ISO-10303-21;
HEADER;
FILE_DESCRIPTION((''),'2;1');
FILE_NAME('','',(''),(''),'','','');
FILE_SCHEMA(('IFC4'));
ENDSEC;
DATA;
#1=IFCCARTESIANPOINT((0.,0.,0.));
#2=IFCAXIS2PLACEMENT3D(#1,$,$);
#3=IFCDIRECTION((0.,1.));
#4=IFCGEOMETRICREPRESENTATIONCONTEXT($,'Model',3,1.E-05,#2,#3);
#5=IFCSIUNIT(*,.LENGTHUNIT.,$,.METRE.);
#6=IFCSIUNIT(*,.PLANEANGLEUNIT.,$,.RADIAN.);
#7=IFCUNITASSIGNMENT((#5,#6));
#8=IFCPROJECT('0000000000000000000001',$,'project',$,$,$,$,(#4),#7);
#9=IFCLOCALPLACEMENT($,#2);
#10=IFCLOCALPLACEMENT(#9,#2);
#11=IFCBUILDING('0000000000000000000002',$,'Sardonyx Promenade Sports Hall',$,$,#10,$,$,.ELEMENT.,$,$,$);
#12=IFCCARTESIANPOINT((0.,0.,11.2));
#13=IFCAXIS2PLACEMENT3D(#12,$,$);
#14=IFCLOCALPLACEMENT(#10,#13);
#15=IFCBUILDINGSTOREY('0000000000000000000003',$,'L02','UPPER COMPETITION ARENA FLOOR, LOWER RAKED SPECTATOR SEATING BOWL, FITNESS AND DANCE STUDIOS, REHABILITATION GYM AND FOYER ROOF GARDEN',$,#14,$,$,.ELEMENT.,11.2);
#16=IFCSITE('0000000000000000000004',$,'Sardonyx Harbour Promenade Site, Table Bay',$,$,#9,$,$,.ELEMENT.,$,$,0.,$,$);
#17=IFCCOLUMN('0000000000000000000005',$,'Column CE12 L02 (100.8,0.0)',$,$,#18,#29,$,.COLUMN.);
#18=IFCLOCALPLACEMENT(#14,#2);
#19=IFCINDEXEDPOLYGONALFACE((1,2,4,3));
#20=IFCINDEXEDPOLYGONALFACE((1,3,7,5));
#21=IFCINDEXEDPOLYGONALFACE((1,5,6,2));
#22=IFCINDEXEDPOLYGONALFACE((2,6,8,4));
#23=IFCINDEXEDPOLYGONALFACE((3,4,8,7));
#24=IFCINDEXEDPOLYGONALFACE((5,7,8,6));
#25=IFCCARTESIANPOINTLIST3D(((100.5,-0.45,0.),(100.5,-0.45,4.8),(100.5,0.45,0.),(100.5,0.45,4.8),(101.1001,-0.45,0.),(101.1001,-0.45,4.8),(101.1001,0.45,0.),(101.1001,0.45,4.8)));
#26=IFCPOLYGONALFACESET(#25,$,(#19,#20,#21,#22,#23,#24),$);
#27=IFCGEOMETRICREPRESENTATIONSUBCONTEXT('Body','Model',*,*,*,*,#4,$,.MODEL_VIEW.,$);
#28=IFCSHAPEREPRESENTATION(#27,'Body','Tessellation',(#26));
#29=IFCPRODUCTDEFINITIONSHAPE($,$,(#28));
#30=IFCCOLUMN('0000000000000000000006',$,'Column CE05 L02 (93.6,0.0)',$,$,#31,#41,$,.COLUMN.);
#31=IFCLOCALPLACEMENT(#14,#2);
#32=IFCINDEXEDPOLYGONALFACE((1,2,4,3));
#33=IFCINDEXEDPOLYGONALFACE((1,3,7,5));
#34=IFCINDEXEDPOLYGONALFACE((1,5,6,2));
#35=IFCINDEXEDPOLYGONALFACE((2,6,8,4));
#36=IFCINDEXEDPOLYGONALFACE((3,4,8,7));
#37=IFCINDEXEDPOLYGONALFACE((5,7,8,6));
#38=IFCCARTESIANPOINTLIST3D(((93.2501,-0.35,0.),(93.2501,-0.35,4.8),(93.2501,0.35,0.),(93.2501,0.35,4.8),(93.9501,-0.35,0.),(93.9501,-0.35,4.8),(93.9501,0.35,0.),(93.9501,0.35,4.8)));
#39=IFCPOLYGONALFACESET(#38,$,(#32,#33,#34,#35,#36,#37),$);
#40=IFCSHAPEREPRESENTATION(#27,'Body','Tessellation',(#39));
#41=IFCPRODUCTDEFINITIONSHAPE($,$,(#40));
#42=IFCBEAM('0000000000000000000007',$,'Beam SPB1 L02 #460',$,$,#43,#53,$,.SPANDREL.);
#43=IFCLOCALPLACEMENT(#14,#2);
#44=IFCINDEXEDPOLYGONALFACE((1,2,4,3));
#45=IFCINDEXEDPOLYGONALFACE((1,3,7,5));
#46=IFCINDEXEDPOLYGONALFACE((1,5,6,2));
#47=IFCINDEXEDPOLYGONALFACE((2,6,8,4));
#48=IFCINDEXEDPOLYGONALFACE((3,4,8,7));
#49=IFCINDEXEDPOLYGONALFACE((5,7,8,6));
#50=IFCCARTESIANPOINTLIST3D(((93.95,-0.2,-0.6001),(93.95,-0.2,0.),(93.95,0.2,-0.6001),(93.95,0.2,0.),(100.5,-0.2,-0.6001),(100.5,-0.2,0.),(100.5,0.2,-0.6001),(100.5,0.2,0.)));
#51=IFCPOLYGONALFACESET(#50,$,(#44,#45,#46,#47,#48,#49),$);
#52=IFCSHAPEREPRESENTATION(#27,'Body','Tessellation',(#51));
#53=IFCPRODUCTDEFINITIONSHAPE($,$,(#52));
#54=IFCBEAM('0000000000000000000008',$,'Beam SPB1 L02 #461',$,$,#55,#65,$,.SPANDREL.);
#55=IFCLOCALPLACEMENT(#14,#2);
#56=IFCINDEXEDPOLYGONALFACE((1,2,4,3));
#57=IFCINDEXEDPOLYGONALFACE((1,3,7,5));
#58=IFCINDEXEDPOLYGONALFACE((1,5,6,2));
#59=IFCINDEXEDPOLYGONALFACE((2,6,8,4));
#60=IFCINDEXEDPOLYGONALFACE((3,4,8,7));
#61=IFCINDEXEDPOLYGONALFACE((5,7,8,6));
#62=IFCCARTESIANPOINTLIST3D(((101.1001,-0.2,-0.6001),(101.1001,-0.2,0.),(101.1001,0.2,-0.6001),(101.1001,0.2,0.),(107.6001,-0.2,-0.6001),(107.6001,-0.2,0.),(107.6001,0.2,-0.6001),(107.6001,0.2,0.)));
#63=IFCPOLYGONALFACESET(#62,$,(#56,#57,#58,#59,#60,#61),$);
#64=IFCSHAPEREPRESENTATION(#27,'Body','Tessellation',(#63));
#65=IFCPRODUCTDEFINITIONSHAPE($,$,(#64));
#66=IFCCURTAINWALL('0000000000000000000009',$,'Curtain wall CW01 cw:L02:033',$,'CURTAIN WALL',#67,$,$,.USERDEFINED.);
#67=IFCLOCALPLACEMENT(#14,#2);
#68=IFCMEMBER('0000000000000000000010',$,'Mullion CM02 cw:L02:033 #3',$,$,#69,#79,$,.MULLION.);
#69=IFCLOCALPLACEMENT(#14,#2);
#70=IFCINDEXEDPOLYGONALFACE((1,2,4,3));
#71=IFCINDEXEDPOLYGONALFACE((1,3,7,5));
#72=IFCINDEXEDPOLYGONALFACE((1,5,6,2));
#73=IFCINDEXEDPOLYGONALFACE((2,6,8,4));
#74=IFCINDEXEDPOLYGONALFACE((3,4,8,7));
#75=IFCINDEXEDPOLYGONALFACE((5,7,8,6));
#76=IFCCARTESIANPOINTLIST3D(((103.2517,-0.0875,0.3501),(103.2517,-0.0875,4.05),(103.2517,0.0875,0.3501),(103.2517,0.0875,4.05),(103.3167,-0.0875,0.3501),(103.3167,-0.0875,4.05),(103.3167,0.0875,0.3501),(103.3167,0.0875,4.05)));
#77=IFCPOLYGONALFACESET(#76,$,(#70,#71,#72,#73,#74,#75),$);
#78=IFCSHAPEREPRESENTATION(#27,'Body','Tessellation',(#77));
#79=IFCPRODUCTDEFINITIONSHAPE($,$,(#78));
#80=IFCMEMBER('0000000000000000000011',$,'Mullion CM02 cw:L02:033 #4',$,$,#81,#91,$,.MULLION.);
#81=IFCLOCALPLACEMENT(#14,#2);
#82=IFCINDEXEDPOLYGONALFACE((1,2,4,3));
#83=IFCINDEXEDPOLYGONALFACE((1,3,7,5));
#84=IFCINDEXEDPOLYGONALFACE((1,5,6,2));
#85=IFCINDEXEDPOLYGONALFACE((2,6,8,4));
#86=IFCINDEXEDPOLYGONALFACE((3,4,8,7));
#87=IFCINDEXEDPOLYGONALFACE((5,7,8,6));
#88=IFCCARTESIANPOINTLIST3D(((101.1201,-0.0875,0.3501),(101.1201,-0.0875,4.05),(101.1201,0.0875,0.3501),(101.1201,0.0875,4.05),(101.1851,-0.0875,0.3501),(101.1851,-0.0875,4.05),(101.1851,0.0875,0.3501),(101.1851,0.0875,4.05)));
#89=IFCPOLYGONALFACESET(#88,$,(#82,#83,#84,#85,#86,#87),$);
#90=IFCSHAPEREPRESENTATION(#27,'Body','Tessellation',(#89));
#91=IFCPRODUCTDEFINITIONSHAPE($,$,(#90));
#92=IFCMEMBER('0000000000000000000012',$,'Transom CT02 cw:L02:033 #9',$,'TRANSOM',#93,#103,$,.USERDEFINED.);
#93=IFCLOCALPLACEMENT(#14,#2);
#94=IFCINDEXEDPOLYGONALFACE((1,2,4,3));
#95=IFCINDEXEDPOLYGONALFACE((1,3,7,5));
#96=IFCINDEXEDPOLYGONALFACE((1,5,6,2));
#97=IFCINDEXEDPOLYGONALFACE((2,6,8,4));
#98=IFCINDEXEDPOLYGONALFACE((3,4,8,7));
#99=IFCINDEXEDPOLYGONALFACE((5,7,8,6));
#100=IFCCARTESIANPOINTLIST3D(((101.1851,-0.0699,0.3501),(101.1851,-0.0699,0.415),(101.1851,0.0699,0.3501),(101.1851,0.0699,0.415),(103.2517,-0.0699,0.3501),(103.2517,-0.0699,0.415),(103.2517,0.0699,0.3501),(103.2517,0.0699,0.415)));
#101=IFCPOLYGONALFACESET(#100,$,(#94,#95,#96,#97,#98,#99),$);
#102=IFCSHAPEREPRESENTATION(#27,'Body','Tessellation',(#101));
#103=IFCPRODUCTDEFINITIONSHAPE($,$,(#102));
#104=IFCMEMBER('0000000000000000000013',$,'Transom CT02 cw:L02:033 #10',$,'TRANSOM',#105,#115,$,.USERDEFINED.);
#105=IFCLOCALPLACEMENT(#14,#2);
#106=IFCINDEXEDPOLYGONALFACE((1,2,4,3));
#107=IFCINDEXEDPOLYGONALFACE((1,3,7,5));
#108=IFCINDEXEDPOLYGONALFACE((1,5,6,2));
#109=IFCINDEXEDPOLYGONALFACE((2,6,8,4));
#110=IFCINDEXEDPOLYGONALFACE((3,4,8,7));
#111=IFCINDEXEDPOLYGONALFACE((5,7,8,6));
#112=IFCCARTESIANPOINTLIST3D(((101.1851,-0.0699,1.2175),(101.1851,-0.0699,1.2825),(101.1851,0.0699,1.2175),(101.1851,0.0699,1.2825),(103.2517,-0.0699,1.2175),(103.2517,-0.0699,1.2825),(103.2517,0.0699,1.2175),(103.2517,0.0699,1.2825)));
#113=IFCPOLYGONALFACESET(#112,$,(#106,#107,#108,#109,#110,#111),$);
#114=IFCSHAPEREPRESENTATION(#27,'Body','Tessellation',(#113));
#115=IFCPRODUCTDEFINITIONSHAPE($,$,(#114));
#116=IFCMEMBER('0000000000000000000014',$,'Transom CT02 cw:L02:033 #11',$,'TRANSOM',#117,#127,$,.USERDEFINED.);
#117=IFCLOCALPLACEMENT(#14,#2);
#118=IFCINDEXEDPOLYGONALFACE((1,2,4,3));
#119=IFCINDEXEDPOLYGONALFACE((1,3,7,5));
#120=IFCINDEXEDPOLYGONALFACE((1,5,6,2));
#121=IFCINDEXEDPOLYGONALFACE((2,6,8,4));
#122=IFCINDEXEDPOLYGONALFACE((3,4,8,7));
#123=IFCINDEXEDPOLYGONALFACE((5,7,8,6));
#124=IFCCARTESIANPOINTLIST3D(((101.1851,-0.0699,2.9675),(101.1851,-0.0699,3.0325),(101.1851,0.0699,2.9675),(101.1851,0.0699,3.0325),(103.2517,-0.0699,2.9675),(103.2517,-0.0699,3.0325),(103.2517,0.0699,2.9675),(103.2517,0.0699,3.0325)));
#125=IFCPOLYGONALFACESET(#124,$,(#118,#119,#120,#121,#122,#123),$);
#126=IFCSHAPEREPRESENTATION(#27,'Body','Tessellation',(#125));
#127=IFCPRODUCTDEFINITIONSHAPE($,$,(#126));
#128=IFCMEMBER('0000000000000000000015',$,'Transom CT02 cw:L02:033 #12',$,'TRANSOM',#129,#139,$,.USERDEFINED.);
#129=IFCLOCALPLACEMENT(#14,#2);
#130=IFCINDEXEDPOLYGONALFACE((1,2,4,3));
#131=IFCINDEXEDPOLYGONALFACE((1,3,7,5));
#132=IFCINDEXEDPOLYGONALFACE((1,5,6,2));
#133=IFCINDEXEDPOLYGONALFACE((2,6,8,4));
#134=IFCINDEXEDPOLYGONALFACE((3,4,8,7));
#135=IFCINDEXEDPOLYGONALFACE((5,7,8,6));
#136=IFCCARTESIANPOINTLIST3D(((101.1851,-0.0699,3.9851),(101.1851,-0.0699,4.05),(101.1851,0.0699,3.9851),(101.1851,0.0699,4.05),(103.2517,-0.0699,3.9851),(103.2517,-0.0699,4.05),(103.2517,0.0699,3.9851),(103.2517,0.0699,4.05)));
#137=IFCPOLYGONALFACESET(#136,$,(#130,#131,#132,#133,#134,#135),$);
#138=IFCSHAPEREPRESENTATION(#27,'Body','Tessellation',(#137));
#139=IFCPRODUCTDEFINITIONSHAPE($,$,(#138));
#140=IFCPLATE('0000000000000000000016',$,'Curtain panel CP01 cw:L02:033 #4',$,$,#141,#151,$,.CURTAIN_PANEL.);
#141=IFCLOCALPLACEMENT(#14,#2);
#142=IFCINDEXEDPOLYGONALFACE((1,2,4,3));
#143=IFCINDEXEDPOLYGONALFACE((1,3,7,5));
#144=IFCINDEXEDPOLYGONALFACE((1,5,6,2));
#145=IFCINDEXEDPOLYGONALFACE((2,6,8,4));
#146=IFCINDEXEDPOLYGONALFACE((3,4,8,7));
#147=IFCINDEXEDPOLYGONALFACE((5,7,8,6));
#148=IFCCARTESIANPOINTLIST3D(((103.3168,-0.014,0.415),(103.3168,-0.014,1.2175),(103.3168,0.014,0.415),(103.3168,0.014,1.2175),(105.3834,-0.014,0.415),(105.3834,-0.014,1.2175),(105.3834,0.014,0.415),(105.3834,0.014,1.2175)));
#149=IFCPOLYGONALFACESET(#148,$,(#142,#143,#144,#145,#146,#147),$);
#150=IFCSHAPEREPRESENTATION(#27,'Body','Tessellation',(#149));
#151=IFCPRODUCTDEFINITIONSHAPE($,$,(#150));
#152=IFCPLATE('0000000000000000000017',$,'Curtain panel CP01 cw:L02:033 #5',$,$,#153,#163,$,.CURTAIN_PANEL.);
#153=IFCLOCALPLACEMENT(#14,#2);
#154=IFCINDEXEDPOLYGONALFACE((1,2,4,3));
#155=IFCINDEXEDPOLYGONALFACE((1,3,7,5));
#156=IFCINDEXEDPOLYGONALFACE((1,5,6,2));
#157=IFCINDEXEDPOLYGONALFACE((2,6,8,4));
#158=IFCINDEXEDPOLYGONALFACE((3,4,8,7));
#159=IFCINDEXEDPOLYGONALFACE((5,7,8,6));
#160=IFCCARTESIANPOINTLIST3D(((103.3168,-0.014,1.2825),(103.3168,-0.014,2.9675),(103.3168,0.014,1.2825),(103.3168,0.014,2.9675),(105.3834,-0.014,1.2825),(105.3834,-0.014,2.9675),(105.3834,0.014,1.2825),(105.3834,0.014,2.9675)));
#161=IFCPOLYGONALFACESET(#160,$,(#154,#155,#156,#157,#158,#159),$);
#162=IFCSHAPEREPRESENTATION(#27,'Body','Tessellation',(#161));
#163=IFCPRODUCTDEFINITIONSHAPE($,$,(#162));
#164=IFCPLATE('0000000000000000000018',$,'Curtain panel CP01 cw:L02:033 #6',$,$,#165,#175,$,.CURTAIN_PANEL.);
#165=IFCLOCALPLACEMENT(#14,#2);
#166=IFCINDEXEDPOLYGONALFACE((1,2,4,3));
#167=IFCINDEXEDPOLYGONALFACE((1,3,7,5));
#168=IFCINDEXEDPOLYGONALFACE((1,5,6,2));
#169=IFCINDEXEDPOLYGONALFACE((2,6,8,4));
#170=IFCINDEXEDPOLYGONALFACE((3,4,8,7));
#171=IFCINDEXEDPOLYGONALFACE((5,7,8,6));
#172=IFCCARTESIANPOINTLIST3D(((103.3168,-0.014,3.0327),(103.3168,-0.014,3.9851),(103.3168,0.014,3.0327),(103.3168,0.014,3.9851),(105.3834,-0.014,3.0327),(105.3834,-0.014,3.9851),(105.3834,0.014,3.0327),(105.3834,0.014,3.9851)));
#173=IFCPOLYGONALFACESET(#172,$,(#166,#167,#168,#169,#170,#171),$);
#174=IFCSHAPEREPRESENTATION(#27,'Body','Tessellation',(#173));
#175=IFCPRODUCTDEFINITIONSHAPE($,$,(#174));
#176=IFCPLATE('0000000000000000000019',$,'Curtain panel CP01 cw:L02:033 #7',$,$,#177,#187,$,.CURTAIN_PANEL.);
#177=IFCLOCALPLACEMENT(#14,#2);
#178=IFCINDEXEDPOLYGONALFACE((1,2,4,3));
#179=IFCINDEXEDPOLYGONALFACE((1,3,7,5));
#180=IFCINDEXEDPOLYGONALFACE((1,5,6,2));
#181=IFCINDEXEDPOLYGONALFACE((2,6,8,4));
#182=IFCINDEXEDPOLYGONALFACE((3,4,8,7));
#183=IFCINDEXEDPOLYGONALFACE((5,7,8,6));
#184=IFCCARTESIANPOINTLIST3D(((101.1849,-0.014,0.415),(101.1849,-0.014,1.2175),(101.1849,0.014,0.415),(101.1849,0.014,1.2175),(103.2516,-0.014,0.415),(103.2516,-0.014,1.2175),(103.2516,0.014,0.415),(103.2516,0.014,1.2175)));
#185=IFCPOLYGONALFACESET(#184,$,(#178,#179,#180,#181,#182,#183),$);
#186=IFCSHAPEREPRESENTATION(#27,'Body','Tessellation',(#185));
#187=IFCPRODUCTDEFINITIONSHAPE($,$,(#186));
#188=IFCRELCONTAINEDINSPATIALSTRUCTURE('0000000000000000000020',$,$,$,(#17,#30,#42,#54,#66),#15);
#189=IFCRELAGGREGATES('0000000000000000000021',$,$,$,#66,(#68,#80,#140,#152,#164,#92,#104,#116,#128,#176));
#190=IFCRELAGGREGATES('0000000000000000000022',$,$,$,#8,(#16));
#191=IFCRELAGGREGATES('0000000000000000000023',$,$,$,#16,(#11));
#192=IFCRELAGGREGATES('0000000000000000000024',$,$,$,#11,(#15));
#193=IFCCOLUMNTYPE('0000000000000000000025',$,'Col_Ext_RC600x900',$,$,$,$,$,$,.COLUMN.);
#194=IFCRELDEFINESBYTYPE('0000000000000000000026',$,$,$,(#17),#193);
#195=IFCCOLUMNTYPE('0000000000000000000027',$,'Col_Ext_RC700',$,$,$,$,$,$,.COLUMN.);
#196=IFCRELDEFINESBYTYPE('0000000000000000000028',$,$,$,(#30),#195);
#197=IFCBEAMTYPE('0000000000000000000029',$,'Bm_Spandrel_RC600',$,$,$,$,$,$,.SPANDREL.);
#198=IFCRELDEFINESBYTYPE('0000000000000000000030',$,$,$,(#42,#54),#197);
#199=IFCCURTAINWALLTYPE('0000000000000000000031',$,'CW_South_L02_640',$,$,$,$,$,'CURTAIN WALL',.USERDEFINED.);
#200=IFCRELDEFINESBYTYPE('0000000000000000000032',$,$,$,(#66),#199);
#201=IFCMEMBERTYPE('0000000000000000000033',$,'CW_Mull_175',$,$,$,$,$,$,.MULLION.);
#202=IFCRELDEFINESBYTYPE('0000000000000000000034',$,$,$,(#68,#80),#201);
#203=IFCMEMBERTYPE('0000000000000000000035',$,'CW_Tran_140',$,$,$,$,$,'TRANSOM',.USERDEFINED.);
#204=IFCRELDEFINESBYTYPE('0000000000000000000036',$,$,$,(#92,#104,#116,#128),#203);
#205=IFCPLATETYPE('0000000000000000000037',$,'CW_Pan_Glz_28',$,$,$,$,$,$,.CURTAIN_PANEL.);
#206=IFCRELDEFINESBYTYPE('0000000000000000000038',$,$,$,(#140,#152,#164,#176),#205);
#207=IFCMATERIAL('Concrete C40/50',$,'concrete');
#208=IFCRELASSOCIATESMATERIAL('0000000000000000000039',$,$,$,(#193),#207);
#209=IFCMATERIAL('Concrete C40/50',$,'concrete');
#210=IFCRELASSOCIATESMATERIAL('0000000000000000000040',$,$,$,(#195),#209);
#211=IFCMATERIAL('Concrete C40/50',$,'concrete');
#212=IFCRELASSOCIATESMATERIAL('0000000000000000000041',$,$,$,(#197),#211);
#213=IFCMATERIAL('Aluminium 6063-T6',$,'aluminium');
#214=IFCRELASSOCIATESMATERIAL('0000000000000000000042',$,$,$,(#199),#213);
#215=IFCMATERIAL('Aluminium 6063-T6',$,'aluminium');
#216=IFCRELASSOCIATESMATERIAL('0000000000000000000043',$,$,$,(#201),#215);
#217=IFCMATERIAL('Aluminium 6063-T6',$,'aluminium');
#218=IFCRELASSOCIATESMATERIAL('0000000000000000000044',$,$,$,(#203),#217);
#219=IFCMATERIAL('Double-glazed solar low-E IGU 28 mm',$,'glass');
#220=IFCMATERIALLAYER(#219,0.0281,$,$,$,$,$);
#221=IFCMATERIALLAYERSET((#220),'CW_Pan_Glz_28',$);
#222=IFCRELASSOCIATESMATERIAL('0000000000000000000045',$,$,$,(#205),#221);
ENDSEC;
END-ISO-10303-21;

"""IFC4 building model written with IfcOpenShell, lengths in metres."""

from ifc_helpers import new_model, si_unit, direction, frame, origin, origin_2d, place, context, subcontext, project, spatial, rectangle, extrude, material, layer, layer_set, material_profile, profile_set, type_object, element, aggregate, save


model = new_model("IFC4")

# Units and contexts
model_context = context("Model", 3, precision=1e-05, world=origin(), true_north=direction((0.0, 1.0)))
body_context = subcontext(model_context, "Body", "Model", "MODEL_VIEW")
ifc_project = project(units=[si_unit("LENGTHUNIT", "METRE"), si_unit("PLANEANGLEUNIT", "RADIAN")], contexts=[model_context])

# Site, building, storey
site_placement = place(None, origin())
site = spatial("IfcSite", under=ifc_project, at=site_placement, Name="Sardonyx Harbour Promenade Site, Table Bay", CompositionType="ELEMENT", RefElevation=0.0)
building_placement = place(site_placement, origin())
building = spatial("IfcBuilding", under=site, at=building_placement, Name="Sardonyx Promenade Sports Hall", CompositionType="ELEMENT")
storey_placement = place(building_placement, frame((0.0, 0.0, 11.2)))
storey = spatial("IfcBuildingStorey", under=building, at=storey_placement, Name="L02", Description="UPPER COMPETITION ARENA FLOOR, LOWER RAKED SPECTATOR SEATING BOWL, FITNESS AND DANCE STUDIOS, REHABILITATION GYM AND FOYER ROOF GARDEN", CompositionType="ELEMENT", Elevation=11.2)

# Columns
ifc_material_1 = material(Name="Concrete C40/50", Category="concrete")
ifc_material_profile_1 = material_profile(ifc_material_1, rectangle(XDim=0.6001, YDim=0.8999, at=origin_2d()))
ifc_profile_set_1 = profile_set([ifc_material_profile_1], Name="Concrete C40/50")
column_type_1 = type_object("IfcColumnType", Name="Col_Ext_RC600x900", PredefinedType="COLUMN", material=ifc_profile_set_1)
column_1_placement = place(storey_placement, frame((100.8, 0.0, 0.0), z_axis=(0.0, 0.0, 1.0), x_axis=(1.0, 0.0, 0.0)))
element("IfcColumn", 1, at=column_1_placement, inside=storey, type_object=column_type_1, Name="Column CE12 L02 (100.8,0.0)", PredefinedType="COLUMN", context=body_context, shape_type="SweptSolid", body=[
    extrude(rectangle(XDim=0.6001, YDim=0.8999, at=origin_2d()), origin(), (0.0, 0.0, 1.0), 4.8),
])
ifc_material_2 = material(Name="Concrete C40/50", Category="concrete")
ifc_material_profile_2 = material_profile(ifc_material_2, rectangle(XDim=0.7, YDim=0.7, at=origin_2d()))
ifc_profile_set_2 = profile_set([ifc_material_profile_2], Name="Concrete C40/50")
column_type_2 = type_object("IfcColumnType", Name="Col_Ext_RC700", PredefinedType="COLUMN", material=ifc_profile_set_2)
column_2_placement = place(storey_placement, frame((93.6001, 0.0, 0.0), z_axis=(0.0, 0.0, 1.0), x_axis=(1.0, 0.0, 0.0)))
element("IfcColumn", 2, at=column_2_placement, inside=storey, type_object=column_type_2, Name="Column CE05 L02 (93.6,0.0)", PredefinedType="COLUMN", context=body_context, shape_type="SweptSolid", body=[
    extrude(rectangle(XDim=0.7, YDim=0.7, at=origin_2d()), origin(), (0.0, 0.0, 1.0), 4.8),
])

# Beams
ifc_material_3 = material(Name="Concrete C40/50", Category="concrete")
ifc_material_profile_3 = material_profile(ifc_material_3, rectangle(XDim=0.3999, YDim=0.6001, at=origin_2d()))
ifc_profile_set_3 = profile_set([ifc_material_profile_3], Name="Concrete C40/50")
beam_type = type_object("IfcBeamType", Name="Bm_Spandrel_RC600", PredefinedType="SPANDREL", material=ifc_profile_set_3)
beam_1_placement = place(storey_placement, frame((93.95, 0.0, -0.3), z_axis=(1.0, 0.0, 0.0), x_axis=(0.0, 1.0, 0.0)))
element("IfcBeam", 3, at=beam_1_placement, inside=storey, type_object=beam_type, Name="Beam SPB1 L02 #460", PredefinedType="SPANDREL", context=body_context, shape_type="SweptSolid", body=[
    extrude(rectangle(XDim=0.3999, YDim=0.6001, at=origin_2d()), origin(), (0.0, 0.0, 1.0), 6.55),
])
beam_2_placement = place(storey_placement, frame((101.1001, 0.0, -0.3), z_axis=(1.0, 0.0, 0.0), x_axis=(0.0, 1.0, 0.0)))
element("IfcBeam", 4, at=beam_2_placement, inside=storey, type_object=beam_type, Name="Beam SPB1 L02 #461", PredefinedType="SPANDREL", context=body_context, shape_type="SweptSolid", body=[
    extrude(rectangle(XDim=0.3999, YDim=0.6001, at=origin_2d()), origin(), (0.0, 0.0, 1.0), 6.5),
])

# Curtain wall, members, plates
ifc_material_4 = material(Name="Aluminium 6063-T6", Category="aluminium")
curtain_wall_type = type_object("IfcCurtainWallType", Name="CW_South_L02_640", ElementType="CURTAIN WALL", PredefinedType="USERDEFINED", material=ifc_material_4)
curtain_wall_placement = place(storey_placement, origin())
curtain_wall = element("IfcCurtainWall", 5, at=curtain_wall_placement, inside=storey, type_object=curtain_wall_type, Name="Curtain wall CW01 cw:L02:033", ObjectType="CURTAIN WALL", PredefinedType="USERDEFINED")
ifc_material_5 = material(Name="Aluminium 6063-T6", Category="aluminium")
ifc_material_profile_4 = material_profile(ifc_material_5, rectangle(XDim=0.0649, YDim=0.175, at=origin_2d()))
ifc_profile_set_4 = profile_set([ifc_material_profile_4], Name="Aluminium 6063-T6")
member_type_1 = type_object("IfcMemberType", Name="CW_Mull_175", PredefinedType="MULLION", material=ifc_profile_set_4)
member_1_placement = place(storey_placement, frame((103.2842, 0.0, 0.3501), z_axis=(0.0, 0.0, 1.0), x_axis=(-1.0, 0.0, 0.0)))
member_1 = element("IfcMember", 6, at=member_1_placement, type_object=member_type_1, Name="Mullion CM02 cw:L02:033 #3", PredefinedType="MULLION", context=body_context, shape_type="SweptSolid", body=[
    extrude(rectangle(XDim=0.0649, YDim=0.175, at=origin_2d()), origin(), (0.0, 0.0, 1.0), 3.7),
])
member_2_placement = place(storey_placement, frame((101.1526, 0.0, 0.3501), z_axis=(0.0, 0.0, 1.0), x_axis=(-1.0, 0.0, 0.0)))
member_2 = element("IfcMember", 7, at=member_2_placement, type_object=member_type_1, Name="Mullion CM02 cw:L02:033 #4", PredefinedType="MULLION", context=body_context, shape_type="SweptSolid", body=[
    extrude(rectangle(XDim=0.0649, YDim=0.175, at=origin_2d()), origin(), (0.0, 0.0, 1.0), 3.7),
])
ifc_material_6 = material(Name="Aluminium 6063-T6", Category="aluminium")
ifc_material_profile_5 = material_profile(ifc_material_6, rectangle(XDim=0.0649, YDim=0.1399, at=origin_2d()))
ifc_profile_set_5 = profile_set([ifc_material_profile_5], Name="Aluminium 6063-T6")
member_type_2 = type_object("IfcMemberType", Name="CW_Tran_140", ElementType="TRANSOM", PredefinedType="USERDEFINED", material=ifc_profile_set_5)
member_3_placement = place(storey_placement, frame((103.2517, 0.0, 0.3826), z_axis=(-1.0, 0.0, 0.0), x_axis=(0.0, 0.0, 1.0)))
member_3 = element("IfcMember", 8, at=member_3_placement, type_object=member_type_2, Name="Transom CT02 cw:L02:033 #9", ObjectType="TRANSOM", PredefinedType="USERDEFINED", context=body_context, shape_type="SweptSolid", body=[
    extrude(rectangle(XDim=0.0649, YDim=0.1399, at=origin_2d()), origin(), (0.0, 0.0, 1.0), 2.0667),
])
member_4_placement = place(storey_placement, frame((103.2517, 0.0, 1.25), z_axis=(-1.0, 0.0, 0.0), x_axis=(0.0, 0.0, 1.0)))
member_4 = element("IfcMember", 9, at=member_4_placement, type_object=member_type_2, Name="Transom CT02 cw:L02:033 #10", ObjectType="TRANSOM", PredefinedType="USERDEFINED", context=body_context, shape_type="SweptSolid", body=[
    extrude(rectangle(XDim=0.0649, YDim=0.1399, at=origin_2d()), origin(), (0.0, 0.0, 1.0), 2.0667),
])
member_5_placement = place(storey_placement, frame((103.2517, 0.0, 3.0), z_axis=(-1.0, 0.0, 0.0), x_axis=(0.0, 0.0, 1.0)))
member_5 = element("IfcMember", 10, at=member_5_placement, type_object=member_type_2, Name="Transom CT02 cw:L02:033 #11", ObjectType="TRANSOM", PredefinedType="USERDEFINED", context=body_context, shape_type="SweptSolid", body=[
    extrude(rectangle(XDim=0.0649, YDim=0.1399, at=origin_2d()), origin(), (0.0, 0.0, 1.0), 2.0667),
])
member_6_placement = place(storey_placement, frame((103.2517, 0.0, 4.0176), z_axis=(-1.0, 0.0, 0.0), x_axis=(0.0, 0.0, 1.0)))
member_6 = element("IfcMember", 11, at=member_6_placement, type_object=member_type_2, Name="Transom CT02 cw:L02:033 #12", ObjectType="TRANSOM", PredefinedType="USERDEFINED", context=body_context, shape_type="SweptSolid", body=[
    extrude(rectangle(XDim=0.0649, YDim=0.1399, at=origin_2d()), origin(), (0.0, 0.0, 1.0), 2.0667),
])
ifc_material_7 = material(Name="Double-glazed solar low-E IGU 28 mm", Category="glass")
ifc_layer_1 = layer(ifc_material_7, 0.0281)
ifc_layer_set_1 = layer_set([ifc_layer_1], Name="CW_Pan_Glz_28")
plate_type = type_object("IfcPlateType", Name="CW_Pan_Glz_28", PredefinedType="CURTAIN_PANEL", material=ifc_layer_set_1)
plate_1_placement = place(storey_placement, frame((104.3501, 0.0, 0.415), z_axis=(0.0, 0.0, 1.0), x_axis=(-1.0, 0.0, 0.0)))
plate_1 = element("IfcPlate", 12, at=plate_1_placement, type_object=plate_type, Name="Curtain panel CP01 cw:L02:033 #4", PredefinedType="CURTAIN_PANEL", context=body_context, shape_type="SweptSolid", body=[
    extrude(rectangle(XDim=2.0667, YDim=0.0281, at=origin_2d()), origin(), (0.0, 0.0, 1.0), 0.8025),
])
plate_2_placement = place(storey_placement, frame((104.3501, 0.0, 1.2825), z_axis=(0.0, 0.0, 1.0), x_axis=(-1.0, 0.0, 0.0)))
plate_2 = element("IfcPlate", 13, at=plate_2_placement, type_object=plate_type, Name="Curtain panel CP01 cw:L02:033 #5", PredefinedType="CURTAIN_PANEL", context=body_context, shape_type="SweptSolid", body=[
    extrude(rectangle(XDim=2.0667, YDim=0.0281, at=origin_2d()), origin(), (0.0, 0.0, 1.0), 1.6851),
])
plate_3_placement = place(storey_placement, frame((104.3501, 0.0, 3.0327), z_axis=(0.0, 0.0, 1.0), x_axis=(-1.0, 0.0, 0.0)))
plate_3 = element("IfcPlate", 14, at=plate_3_placement, type_object=plate_type, Name="Curtain panel CP01 cw:L02:033 #6", PredefinedType="CURTAIN_PANEL", context=body_context, shape_type="SweptSolid", body=[
    extrude(rectangle(XDim=2.0667, YDim=0.0281, at=origin_2d()), origin(), (0.0, 0.0, 1.0), 0.9524),
])
plate_4_placement = place(storey_placement, frame((102.2183, 0.0, 0.415), z_axis=(0.0, 0.0, 1.0), x_axis=(-1.0, 0.0, 0.0)))
plate_4 = element("IfcPlate", 15, at=plate_4_placement, type_object=plate_type, Name="Curtain panel CP01 cw:L02:033 #7", PredefinedType="CURTAIN_PANEL", context=body_context, shape_type="SweptSolid", body=[
    extrude(rectangle(XDim=2.0667, YDim=0.0281, at=origin_2d()), origin(), (0.0, 0.0, 1.0), 0.8025),
])
aggregate(curtain_wall, [member_1, member_2, plate_1, plate_2, plate_3, member_3, member_4, member_5, member_6, plate_4])

save(model, "model.ifc")
